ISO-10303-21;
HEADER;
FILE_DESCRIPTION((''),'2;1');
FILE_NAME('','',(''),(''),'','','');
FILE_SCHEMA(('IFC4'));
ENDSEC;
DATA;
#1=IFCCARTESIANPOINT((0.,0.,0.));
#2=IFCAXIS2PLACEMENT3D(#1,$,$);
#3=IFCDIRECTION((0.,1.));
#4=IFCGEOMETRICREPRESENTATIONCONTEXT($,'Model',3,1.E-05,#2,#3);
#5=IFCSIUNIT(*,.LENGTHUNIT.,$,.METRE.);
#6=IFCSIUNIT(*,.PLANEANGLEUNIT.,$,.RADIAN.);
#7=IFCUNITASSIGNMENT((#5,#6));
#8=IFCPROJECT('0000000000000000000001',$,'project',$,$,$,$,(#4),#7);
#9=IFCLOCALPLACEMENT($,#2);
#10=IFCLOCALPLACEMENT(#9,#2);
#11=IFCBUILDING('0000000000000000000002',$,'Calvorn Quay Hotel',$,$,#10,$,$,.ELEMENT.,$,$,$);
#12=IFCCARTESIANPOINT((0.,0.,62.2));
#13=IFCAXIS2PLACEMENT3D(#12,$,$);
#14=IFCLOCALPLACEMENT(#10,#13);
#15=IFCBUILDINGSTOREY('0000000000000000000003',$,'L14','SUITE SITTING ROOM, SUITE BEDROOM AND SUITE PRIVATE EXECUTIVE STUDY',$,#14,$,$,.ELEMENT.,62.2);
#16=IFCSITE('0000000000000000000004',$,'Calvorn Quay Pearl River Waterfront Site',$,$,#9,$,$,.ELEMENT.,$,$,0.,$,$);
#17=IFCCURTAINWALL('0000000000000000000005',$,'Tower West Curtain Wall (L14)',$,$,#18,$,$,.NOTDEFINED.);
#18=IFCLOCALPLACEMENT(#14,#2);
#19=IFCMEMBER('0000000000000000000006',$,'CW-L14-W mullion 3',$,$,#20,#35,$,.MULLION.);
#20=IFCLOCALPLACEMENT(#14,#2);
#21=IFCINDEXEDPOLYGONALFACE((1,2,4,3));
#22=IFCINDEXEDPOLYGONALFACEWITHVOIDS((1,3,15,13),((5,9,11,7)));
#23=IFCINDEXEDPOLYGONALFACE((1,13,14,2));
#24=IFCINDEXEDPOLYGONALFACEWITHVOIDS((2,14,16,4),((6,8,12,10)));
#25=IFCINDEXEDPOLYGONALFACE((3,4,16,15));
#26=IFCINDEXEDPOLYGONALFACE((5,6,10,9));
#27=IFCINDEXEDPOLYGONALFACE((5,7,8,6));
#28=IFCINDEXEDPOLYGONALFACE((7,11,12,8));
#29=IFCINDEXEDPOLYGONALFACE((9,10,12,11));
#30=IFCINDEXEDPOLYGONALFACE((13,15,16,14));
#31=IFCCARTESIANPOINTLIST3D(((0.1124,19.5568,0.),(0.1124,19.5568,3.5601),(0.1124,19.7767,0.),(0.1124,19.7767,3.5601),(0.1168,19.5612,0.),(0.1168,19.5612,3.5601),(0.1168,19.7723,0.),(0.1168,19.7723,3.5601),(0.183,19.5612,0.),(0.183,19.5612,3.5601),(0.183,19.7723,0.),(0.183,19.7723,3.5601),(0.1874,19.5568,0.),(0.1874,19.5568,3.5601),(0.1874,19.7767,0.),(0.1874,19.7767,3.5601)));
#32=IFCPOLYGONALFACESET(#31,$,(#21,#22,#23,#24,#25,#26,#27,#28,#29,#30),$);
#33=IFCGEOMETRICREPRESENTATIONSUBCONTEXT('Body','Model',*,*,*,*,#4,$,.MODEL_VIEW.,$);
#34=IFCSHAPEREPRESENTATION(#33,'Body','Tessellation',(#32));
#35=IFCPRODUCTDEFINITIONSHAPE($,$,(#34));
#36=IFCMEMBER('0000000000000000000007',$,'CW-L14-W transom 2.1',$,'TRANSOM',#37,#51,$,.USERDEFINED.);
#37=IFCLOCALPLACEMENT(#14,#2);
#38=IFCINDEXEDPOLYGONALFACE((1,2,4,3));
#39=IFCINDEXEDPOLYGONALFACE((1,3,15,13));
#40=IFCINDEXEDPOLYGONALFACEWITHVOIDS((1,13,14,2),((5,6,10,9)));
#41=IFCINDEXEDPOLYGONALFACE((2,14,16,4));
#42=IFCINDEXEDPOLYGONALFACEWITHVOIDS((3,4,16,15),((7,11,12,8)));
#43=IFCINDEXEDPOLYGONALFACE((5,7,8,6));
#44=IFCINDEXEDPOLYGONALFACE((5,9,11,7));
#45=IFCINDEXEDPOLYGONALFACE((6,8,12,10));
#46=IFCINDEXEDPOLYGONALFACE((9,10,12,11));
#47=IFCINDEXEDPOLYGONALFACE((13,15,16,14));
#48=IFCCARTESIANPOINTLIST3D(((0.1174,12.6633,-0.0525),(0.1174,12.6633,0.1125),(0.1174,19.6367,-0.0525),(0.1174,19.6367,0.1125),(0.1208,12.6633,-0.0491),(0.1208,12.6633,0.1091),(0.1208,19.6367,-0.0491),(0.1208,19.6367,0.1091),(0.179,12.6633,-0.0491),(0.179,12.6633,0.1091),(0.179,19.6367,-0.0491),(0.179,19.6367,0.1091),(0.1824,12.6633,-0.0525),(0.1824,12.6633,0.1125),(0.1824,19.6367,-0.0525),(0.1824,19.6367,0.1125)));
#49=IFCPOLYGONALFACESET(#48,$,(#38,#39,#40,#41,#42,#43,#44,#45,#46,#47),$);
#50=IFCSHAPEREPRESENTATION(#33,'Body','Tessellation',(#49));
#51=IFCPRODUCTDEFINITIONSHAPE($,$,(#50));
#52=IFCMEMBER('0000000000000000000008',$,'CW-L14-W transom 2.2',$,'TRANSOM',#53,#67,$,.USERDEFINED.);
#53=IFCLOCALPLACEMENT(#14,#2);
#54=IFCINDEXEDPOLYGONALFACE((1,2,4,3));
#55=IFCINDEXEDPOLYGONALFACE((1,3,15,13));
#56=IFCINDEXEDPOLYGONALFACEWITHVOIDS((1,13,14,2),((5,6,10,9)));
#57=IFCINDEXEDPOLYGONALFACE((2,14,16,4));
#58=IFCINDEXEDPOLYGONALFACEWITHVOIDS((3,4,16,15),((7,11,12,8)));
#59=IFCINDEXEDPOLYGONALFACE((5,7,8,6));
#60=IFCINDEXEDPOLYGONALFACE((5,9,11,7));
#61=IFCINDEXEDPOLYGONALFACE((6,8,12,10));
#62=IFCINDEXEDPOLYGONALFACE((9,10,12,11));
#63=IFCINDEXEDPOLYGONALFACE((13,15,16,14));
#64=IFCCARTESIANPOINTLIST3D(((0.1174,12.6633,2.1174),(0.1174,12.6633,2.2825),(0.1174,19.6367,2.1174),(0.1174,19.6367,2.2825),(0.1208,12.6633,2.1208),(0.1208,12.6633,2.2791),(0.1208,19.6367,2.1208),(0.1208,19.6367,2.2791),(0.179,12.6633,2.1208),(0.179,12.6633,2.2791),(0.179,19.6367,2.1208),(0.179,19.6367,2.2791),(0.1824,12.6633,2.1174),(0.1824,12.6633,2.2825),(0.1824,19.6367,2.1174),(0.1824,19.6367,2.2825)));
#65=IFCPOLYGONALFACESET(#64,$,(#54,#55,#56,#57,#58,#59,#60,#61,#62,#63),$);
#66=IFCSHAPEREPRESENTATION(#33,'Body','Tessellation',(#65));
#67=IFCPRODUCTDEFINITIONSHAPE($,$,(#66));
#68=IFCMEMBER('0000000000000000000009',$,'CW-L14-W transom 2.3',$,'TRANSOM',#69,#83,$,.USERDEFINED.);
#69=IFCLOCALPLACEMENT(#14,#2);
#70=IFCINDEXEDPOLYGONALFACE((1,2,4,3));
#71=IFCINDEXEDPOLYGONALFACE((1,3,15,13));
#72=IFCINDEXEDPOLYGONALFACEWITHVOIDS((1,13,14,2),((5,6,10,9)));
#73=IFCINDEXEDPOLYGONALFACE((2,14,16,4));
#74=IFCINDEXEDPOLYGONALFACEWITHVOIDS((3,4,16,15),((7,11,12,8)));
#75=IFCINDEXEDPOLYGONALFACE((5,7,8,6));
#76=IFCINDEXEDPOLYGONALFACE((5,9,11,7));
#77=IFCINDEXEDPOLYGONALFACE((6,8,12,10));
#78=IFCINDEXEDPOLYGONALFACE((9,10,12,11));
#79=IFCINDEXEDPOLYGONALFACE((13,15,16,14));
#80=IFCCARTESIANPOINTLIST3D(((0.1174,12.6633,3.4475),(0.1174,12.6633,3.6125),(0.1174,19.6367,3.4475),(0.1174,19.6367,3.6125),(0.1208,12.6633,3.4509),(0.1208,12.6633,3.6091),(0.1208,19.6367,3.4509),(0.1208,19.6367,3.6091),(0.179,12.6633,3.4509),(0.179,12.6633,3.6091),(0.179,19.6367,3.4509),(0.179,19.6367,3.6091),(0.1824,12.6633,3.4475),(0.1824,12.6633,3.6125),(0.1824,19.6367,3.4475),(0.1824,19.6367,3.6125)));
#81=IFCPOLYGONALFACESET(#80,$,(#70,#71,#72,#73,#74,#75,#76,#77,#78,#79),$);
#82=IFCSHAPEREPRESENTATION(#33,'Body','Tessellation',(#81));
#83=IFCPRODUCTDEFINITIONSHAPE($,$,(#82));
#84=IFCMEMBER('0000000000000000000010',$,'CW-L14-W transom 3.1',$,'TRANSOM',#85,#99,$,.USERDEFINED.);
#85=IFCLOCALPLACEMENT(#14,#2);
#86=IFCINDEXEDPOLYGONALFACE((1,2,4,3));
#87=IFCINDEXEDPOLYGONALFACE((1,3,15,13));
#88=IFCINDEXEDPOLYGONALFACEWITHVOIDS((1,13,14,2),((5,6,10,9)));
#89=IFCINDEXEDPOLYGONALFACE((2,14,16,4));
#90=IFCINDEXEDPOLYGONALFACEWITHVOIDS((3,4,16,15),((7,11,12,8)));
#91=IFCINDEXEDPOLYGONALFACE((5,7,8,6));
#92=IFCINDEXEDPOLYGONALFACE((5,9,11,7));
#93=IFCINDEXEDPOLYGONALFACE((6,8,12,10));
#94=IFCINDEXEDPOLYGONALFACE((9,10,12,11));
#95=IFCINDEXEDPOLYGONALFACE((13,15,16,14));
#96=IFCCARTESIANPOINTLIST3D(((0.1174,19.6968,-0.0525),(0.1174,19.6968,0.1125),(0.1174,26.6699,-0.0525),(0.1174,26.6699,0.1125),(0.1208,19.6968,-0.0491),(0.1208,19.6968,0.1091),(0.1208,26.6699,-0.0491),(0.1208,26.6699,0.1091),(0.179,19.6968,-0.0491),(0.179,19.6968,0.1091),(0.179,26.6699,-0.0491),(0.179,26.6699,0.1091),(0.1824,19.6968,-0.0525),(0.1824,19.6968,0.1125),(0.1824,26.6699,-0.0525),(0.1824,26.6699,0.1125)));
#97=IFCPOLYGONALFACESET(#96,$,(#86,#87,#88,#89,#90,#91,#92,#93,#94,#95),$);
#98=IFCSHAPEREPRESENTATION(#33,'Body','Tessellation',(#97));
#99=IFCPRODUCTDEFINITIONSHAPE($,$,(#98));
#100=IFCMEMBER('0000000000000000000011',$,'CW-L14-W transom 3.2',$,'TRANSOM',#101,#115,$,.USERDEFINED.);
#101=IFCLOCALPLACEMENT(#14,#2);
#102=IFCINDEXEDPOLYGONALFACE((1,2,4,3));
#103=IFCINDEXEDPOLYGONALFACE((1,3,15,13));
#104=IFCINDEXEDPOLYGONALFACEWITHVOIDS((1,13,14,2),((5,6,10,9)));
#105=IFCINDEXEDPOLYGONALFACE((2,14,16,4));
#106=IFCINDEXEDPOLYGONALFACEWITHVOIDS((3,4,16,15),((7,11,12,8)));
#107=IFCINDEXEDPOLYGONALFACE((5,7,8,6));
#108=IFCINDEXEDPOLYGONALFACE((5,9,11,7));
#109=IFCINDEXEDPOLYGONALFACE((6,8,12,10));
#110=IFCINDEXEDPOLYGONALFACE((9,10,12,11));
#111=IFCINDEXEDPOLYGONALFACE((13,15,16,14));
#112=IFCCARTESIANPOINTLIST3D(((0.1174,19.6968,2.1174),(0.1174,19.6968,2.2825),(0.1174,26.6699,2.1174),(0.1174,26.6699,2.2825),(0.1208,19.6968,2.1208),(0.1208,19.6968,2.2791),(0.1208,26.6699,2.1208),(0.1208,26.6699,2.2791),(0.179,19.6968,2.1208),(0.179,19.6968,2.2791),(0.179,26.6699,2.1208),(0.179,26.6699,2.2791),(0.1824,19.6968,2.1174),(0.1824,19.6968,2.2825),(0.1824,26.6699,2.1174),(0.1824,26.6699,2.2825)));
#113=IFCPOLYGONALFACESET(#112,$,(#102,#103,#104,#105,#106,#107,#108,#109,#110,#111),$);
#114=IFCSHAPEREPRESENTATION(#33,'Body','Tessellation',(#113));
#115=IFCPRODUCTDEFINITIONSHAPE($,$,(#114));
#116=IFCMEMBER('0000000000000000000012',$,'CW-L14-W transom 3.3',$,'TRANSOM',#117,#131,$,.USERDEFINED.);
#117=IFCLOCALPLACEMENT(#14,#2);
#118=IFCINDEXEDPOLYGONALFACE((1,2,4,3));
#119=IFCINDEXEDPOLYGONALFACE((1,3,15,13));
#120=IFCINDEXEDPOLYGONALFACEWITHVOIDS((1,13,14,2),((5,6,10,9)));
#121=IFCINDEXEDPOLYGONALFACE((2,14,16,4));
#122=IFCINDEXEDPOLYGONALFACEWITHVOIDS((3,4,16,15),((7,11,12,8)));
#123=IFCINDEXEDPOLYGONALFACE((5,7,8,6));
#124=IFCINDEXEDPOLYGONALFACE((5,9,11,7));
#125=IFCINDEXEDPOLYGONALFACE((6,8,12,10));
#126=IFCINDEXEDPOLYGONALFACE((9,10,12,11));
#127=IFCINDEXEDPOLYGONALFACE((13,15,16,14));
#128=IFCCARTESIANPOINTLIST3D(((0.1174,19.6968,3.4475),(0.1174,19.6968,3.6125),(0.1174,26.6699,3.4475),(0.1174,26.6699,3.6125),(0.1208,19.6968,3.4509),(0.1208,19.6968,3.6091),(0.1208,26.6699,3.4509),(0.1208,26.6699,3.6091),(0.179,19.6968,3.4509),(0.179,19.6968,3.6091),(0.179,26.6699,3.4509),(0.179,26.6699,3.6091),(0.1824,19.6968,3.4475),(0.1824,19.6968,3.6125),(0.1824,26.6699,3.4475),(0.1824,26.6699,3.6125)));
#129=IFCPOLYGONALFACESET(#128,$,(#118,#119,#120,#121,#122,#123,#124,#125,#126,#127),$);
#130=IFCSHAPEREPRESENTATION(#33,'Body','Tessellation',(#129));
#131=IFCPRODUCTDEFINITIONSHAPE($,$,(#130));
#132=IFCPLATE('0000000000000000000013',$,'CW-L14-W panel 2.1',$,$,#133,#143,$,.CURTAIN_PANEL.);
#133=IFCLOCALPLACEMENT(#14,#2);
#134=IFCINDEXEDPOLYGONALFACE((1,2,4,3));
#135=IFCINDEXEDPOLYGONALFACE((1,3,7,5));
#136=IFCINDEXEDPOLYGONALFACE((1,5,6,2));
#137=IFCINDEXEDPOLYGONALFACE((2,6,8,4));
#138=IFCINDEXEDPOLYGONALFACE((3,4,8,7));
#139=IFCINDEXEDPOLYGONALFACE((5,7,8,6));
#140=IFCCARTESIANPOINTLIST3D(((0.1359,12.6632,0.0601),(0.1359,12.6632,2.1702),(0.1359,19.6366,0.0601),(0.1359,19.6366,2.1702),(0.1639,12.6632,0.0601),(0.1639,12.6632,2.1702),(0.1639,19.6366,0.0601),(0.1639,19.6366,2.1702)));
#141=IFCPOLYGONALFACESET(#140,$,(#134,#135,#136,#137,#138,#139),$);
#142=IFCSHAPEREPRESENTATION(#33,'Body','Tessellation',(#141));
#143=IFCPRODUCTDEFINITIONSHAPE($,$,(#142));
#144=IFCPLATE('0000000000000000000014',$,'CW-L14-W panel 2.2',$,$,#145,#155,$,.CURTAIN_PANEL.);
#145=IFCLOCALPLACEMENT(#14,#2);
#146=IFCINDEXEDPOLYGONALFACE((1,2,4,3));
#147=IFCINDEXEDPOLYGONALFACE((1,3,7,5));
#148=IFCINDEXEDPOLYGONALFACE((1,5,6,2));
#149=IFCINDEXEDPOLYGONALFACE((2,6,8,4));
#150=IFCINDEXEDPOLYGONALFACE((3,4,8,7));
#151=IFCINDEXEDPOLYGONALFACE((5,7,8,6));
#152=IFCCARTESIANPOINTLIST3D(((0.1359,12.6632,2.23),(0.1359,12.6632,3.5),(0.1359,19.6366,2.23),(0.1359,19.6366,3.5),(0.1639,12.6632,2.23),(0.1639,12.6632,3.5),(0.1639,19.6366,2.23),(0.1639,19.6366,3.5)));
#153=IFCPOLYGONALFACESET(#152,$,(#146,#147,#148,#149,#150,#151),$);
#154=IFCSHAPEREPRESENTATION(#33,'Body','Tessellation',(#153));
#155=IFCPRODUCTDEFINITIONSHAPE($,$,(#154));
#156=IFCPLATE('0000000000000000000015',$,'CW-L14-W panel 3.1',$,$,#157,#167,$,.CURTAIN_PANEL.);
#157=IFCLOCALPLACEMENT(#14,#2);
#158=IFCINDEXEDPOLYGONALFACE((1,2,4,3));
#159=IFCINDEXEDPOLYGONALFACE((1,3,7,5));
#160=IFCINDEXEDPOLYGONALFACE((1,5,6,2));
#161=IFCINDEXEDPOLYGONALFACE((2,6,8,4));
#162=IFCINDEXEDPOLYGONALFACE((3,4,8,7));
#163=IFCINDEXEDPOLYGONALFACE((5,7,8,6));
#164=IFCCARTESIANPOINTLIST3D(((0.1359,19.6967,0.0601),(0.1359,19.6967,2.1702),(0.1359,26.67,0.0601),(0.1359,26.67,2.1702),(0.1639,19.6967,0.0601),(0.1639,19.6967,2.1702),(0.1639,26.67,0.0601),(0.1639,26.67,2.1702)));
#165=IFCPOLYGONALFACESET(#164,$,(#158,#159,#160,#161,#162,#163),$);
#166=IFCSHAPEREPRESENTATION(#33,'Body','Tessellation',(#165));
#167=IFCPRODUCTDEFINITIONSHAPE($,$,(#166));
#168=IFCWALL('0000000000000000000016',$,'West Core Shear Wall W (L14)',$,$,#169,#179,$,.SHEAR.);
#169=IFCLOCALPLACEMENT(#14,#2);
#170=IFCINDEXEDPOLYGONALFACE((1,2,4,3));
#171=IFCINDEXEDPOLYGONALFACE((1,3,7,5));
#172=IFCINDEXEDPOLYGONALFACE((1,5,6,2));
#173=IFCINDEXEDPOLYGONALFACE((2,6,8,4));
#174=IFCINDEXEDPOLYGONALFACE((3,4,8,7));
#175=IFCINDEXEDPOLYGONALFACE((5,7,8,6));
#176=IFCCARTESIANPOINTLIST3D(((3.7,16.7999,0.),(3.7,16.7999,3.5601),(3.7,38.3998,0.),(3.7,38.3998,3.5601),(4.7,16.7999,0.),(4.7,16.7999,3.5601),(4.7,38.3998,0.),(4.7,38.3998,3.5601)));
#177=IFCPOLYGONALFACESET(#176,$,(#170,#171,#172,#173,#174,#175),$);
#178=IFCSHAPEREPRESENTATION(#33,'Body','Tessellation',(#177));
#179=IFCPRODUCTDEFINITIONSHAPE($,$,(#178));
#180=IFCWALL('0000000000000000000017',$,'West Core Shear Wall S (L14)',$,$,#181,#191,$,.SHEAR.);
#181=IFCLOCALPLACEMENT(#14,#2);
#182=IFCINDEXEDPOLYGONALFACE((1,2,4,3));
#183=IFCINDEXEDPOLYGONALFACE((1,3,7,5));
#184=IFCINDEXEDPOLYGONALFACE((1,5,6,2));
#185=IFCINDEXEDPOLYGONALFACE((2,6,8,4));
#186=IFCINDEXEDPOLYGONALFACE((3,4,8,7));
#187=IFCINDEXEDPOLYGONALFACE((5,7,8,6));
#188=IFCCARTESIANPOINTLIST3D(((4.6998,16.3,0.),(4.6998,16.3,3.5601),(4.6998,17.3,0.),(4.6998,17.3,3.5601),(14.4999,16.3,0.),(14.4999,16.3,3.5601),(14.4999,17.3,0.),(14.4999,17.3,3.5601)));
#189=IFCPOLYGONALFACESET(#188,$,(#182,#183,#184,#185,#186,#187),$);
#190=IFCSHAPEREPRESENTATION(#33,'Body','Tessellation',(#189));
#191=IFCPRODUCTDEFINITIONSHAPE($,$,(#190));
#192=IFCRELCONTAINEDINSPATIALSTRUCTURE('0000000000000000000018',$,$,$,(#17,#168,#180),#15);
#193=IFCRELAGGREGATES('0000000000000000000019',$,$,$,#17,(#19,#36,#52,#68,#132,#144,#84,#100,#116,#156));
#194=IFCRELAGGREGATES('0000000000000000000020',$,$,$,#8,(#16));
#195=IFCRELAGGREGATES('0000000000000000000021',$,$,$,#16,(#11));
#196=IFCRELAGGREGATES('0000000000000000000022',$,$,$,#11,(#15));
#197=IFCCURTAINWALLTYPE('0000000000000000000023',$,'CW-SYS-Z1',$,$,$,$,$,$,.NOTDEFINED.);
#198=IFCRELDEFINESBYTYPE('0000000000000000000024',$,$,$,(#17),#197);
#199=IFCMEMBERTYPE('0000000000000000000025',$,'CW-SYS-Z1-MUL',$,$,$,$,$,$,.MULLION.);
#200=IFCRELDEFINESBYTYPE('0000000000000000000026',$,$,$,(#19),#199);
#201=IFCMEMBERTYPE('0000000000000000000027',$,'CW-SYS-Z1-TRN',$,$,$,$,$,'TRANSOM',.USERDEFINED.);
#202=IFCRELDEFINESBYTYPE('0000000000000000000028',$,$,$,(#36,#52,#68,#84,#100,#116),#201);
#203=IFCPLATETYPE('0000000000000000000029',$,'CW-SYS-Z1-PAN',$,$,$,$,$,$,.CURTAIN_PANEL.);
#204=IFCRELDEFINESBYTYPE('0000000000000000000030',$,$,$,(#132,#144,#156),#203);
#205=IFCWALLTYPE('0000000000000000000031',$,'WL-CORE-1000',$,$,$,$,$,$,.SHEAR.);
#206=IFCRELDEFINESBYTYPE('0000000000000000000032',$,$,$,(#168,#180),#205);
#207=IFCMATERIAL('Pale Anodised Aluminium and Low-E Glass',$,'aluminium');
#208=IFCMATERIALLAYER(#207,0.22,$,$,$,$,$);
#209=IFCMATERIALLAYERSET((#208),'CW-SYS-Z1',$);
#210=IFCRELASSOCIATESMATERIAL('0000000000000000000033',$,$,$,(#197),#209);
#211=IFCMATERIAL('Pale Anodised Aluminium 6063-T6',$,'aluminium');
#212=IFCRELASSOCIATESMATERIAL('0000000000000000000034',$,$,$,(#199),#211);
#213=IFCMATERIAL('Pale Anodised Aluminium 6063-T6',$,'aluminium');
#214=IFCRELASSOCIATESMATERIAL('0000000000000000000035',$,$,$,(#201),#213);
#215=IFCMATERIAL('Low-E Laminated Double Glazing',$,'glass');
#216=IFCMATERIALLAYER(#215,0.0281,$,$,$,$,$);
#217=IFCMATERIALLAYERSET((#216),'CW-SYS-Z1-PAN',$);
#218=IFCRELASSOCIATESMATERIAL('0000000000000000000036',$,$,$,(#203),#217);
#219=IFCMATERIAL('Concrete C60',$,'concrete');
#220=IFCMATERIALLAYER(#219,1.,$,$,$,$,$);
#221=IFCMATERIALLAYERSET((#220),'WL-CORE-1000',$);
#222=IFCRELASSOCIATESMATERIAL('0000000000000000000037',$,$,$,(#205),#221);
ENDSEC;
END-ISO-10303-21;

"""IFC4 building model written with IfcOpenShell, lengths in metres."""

from ifc_helpers import new_model, si_unit, direction, frame, frame_2d, origin, origin_2d, place, context, subcontext, project, spatial, rectangle, hollow_rectangle, extrude, material, layer, layer_set, material_profile, profile_set, type_object, element, aggregate, save


model = new_model("IFC4")

# Units and contexts
model_context = context("Model", 3, precision=1e-05, world=origin(), true_north=direction((0.0, 1.0)))
body_context = subcontext(model_context, "Body", "Model", "MODEL_VIEW")
ifc_project = project(units=[si_unit("LENGTHUNIT", "METRE"), si_unit("PLANEANGLEUNIT", "RADIAN")], contexts=[model_context])

# Site, building, storey
site_placement = place(None, origin())
site = spatial("IfcSite", under=ifc_project, at=site_placement, Name="Calvorn Quay Pearl River Waterfront Site", CompositionType="ELEMENT", RefElevation=0.0)
building_placement = place(site_placement, origin())
building = spatial("IfcBuilding", under=site, at=building_placement, Name="Calvorn Quay Hotel", CompositionType="ELEMENT")
storey_placement = place(building_placement, frame((0.0, 0.0, 62.2)))
storey = spatial("IfcBuildingStorey", under=building, at=storey_placement, Name="L14", Description="SUITE SITTING ROOM, SUITE BEDROOM AND SUITE PRIVATE EXECUTIVE STUDY", CompositionType="ELEMENT", Elevation=62.2)

# Curtain wall, members, plates
ifc_material_1 = material(Name="Pale Anodised Aluminium and Low-E Glass", Category="aluminium")
ifc_layer_1 = layer(ifc_material_1, 0.22)
ifc_layer_set_1 = layer_set([ifc_layer_1], Name="CW-SYS-Z1")
curtain_wall_type = type_object("IfcCurtainWallType", Name="CW-SYS-Z1", PredefinedType="NOTDEFINED", material=ifc_layer_set_1)
curtain_wall_placement = place(storey_placement, origin())
curtain_wall = element("IfcCurtainWall", 1, at=curtain_wall_placement, inside=storey, type_object=curtain_wall_type, Name="Tower West Curtain Wall (L14)", PredefinedType="NOTDEFINED")
ifc_material_2 = material(Name="Pale Anodised Aluminium 6063-T6", Category="aluminium")
ifc_material_profile_1 = material_profile(ifc_material_2, hollow_rectangle(XDim=0.075, YDim=0.22, WallThickness=0.0044, at=origin_2d()), Name="ALU-M220x75x4.5")
ifc_profile_set_1 = profile_set([ifc_material_profile_1], Name="Pale Anodised Aluminium 6063-T6")
member_type_1 = type_object("IfcMemberType", Name="CW-SYS-Z1-MUL", PredefinedType="MULLION", material=ifc_profile_set_1)
member_1_placement = place(storey_placement, frame((0.1499, 19.6667, 0.0), z_axis=(0.0, 0.0, 1.0), x_axis=(-1.0, 0.0, 0.0)))
member_1 = element("IfcMember", 2, at=member_1_placement, type_object=member_type_1, Name="CW-L14-W mullion 3", PredefinedType="MULLION", context=body_context, shape_type="SweptSolid", body=[
    extrude(hollow_rectangle(XDim=0.075, YDim=0.22, WallThickness=0.0044, at=origin_2d()), origin(), (0.0, 0.0, 1.0), 3.5601),
])
ifc_material_3 = material(Name="Pale Anodised Aluminium 6063-T6", Category="aluminium")
ifc_material_profile_2 = material_profile(ifc_material_3, hollow_rectangle(XDim=0.0649, YDim=0.165, WallThickness=0.0034, at=origin_2d()), Name="ALU-T165x65x3.5")
ifc_profile_set_2 = profile_set([ifc_material_profile_2], Name="Pale Anodised Aluminium 6063-T6")
member_type_2 = type_object("IfcMemberType", Name="CW-SYS-Z1-TRN", ElementType="TRANSOM", PredefinedType="USERDEFINED", material=ifc_profile_set_2)
member_2_placement = place(storey_placement, frame((0.1499, 12.6633, 0.03), z_axis=(0.0, 1.0, 0.0), x_axis=(-1.0, 0.0, 0.0)))
member_2 = element("IfcMember", 3, at=member_2_placement, type_object=member_type_2, Name="CW-L14-W transom 2.1", ObjectType="TRANSOM", PredefinedType="USERDEFINED", context=body_context, shape_type="SweptSolid", body=[
    extrude(hollow_rectangle(XDim=0.0649, YDim=0.165, WallThickness=0.0034, at=origin_2d()), origin(), (0.0, 0.0, 1.0), 6.9734),
])
member_3_placement = place(storey_placement, frame((0.1499, 12.6633, 2.2), z_axis=(0.0, 1.0, 0.0), x_axis=(-1.0, 0.0, 0.0)))
member_3 = element("IfcMember", 4, at=member_3_placement, type_object=member_type_2, Name="CW-L14-W transom 2.2", ObjectType="TRANSOM", PredefinedType="USERDEFINED", context=body_context, shape_type="SweptSolid", body=[
    extrude(hollow_rectangle(XDim=0.0649, YDim=0.165, WallThickness=0.0034, at=origin_2d()), origin(), (0.0, 0.0, 1.0), 6.9734),
])
member_4_placement = place(storey_placement, frame((0.1499, 12.6633, 3.53), z_axis=(0.0, 1.0, 0.0), x_axis=(-1.0, 0.0, 0.0)))
member_4 = element("IfcMember", 5, at=member_4_placement, type_object=member_type_2, Name="CW-L14-W transom 2.3", ObjectType="TRANSOM", PredefinedType="USERDEFINED", context=body_context, shape_type="SweptSolid", body=[
    extrude(hollow_rectangle(XDim=0.0649, YDim=0.165, WallThickness=0.0034, at=origin_2d()), origin(), (0.0, 0.0, 1.0), 6.9734),
])
member_5_placement = place(storey_placement, frame((0.1499, 19.6968, 0.03), z_axis=(0.0, 1.0, 0.0), x_axis=(-1.0, 0.0, 0.0)))
member_5 = element("IfcMember", 6, at=member_5_placement, type_object=member_type_2, Name="CW-L14-W transom 3.1", ObjectType="TRANSOM", PredefinedType="USERDEFINED", context=body_context, shape_type="SweptSolid", body=[
    extrude(hollow_rectangle(XDim=0.0649, YDim=0.165, WallThickness=0.0034, at=origin_2d()), origin(), (0.0, 0.0, 1.0), 6.9731),
])
member_6_placement = place(storey_placement, frame((0.1499, 19.6968, 2.2), z_axis=(0.0, 1.0, 0.0), x_axis=(-1.0, 0.0, 0.0)))
member_6 = element("IfcMember", 7, at=member_6_placement, type_object=member_type_2, Name="CW-L14-W transom 3.2", ObjectType="TRANSOM", PredefinedType="USERDEFINED", context=body_context, shape_type="SweptSolid", body=[
    extrude(hollow_rectangle(XDim=0.0649, YDim=0.165, WallThickness=0.0034, at=origin_2d()), origin(), (0.0, 0.0, 1.0), 6.9731),
])
member_7_placement = place(storey_placement, frame((0.1499, 19.6968, 3.53), z_axis=(0.0, 1.0, 0.0), x_axis=(-1.0, 0.0, 0.0)))
member_7 = element("IfcMember", 8, at=member_7_placement, type_object=member_type_2, Name="CW-L14-W transom 3.3", ObjectType="TRANSOM", PredefinedType="USERDEFINED", context=body_context, shape_type="SweptSolid", body=[
    extrude(hollow_rectangle(XDim=0.0649, YDim=0.165, WallThickness=0.0034, at=origin_2d()), origin(), (0.0, 0.0, 1.0), 6.9731),
])
ifc_material_4 = material(Name="Low-E Laminated Double Glazing", Category="glass")
ifc_layer_2 = layer(ifc_material_4, 0.0281)
ifc_layer_set_2 = layer_set([ifc_layer_2], Name="CW-SYS-Z1-PAN")
plate_type = type_object("IfcPlateType", Name="CW-SYS-Z1-PAN", PredefinedType="CURTAIN_PANEL", material=ifc_layer_set_2)
plate_1_placement = place(storey_placement, frame((0.1499, 16.1499, 0.0601), z_axis=(0.0, 0.0, 1.0), x_axis=(0.0, 1.0, 0.0)))
plate_1 = element("IfcPlate", 9, at=plate_1_placement, type_object=plate_type, Name="CW-L14-W panel 2.1", PredefinedType="CURTAIN_PANEL", context=body_context, shape_type="SweptSolid", body=[
    extrude(rectangle(XDim=6.9734, YDim=0.0281, at=origin_2d()), origin(), (0.0, 0.0, 1.0), 2.1101),
])
plate_2_placement = place(storey_placement, frame((0.1499, 16.1499, 2.23), z_axis=(0.0, 0.0, 1.0), x_axis=(0.0, 1.0, 0.0)))
plate_2 = element("IfcPlate", 10, at=plate_2_placement, type_object=plate_type, Name="CW-L14-W panel 2.2", PredefinedType="CURTAIN_PANEL", context=body_context, shape_type="SweptSolid", body=[
    extrude(rectangle(XDim=6.9734, YDim=0.0281, at=origin_2d()), origin(), (0.0, 0.0, 1.0), 1.27),
])
plate_3_placement = place(storey_placement, frame((0.1499, 23.1833, 0.0601), z_axis=(0.0, 0.0, 1.0), x_axis=(0.0, 1.0, 0.0)))
plate_3 = element("IfcPlate", 11, at=plate_3_placement, type_object=plate_type, Name="CW-L14-W panel 3.1", PredefinedType="CURTAIN_PANEL", context=body_context, shape_type="SweptSolid", body=[
    extrude(rectangle(XDim=6.9734, YDim=0.0281, at=origin_2d()), origin(), (0.0, 0.0, 1.0), 2.1101),
])
aggregate(curtain_wall, [member_1, member_2, member_3, member_4, plate_1, plate_2, member_5, member_6, member_7, plate_3])

# Walls
ifc_material_5 = material(Name="Concrete C60", Category="concrete")
ifc_layer_3 = layer(ifc_material_5, 1.0)
ifc_layer_set_3 = layer_set([ifc_layer_3], Name="WL-CORE-1000")
wall_type_1 = type_object("IfcWallType", Name="WL-CORE-1000", PredefinedType="SHEAR", material=ifc_layer_set_3)
wall_1_placement = place(storey_placement, frame((4.2, 16.8, 0.0), z_axis=(0.0, 0.0, 1.0), x_axis=(0.0, 1.0, 0.0)))
element("IfcWall", 12, at=wall_1_placement, inside=storey, type_object=wall_type_1, Name="West Core Shear Wall W (L14)", PredefinedType="SHEAR", context=body_context, shape_type="SweptSolid", body=[
    extrude(rectangle(XDim=21.5999, YDim=1.0, at=frame_2d((10.7998, 0.0))), origin(), (0.0, 0.0, 1.0), 3.5601),
])
wall_2_placement = place(storey_placement, frame((4.7, 16.8, 0.0), z_axis=(0.0, 0.0, 1.0), x_axis=(1.0, 0.0, 0.0)))
element("IfcWall", 13, at=wall_2_placement, inside=storey, type_object=wall_type_1, Name="West Core Shear Wall S (L14)", PredefinedType="SHEAR", context=body_context, shape_type="SweptSolid", body=[
    extrude(rectangle(XDim=9.8, YDim=1.0, at=frame_2d((4.8999, 0.0))), origin(), (0.0, 0.0, 1.0), 3.5601),
])

save(model, "model.ifc")
